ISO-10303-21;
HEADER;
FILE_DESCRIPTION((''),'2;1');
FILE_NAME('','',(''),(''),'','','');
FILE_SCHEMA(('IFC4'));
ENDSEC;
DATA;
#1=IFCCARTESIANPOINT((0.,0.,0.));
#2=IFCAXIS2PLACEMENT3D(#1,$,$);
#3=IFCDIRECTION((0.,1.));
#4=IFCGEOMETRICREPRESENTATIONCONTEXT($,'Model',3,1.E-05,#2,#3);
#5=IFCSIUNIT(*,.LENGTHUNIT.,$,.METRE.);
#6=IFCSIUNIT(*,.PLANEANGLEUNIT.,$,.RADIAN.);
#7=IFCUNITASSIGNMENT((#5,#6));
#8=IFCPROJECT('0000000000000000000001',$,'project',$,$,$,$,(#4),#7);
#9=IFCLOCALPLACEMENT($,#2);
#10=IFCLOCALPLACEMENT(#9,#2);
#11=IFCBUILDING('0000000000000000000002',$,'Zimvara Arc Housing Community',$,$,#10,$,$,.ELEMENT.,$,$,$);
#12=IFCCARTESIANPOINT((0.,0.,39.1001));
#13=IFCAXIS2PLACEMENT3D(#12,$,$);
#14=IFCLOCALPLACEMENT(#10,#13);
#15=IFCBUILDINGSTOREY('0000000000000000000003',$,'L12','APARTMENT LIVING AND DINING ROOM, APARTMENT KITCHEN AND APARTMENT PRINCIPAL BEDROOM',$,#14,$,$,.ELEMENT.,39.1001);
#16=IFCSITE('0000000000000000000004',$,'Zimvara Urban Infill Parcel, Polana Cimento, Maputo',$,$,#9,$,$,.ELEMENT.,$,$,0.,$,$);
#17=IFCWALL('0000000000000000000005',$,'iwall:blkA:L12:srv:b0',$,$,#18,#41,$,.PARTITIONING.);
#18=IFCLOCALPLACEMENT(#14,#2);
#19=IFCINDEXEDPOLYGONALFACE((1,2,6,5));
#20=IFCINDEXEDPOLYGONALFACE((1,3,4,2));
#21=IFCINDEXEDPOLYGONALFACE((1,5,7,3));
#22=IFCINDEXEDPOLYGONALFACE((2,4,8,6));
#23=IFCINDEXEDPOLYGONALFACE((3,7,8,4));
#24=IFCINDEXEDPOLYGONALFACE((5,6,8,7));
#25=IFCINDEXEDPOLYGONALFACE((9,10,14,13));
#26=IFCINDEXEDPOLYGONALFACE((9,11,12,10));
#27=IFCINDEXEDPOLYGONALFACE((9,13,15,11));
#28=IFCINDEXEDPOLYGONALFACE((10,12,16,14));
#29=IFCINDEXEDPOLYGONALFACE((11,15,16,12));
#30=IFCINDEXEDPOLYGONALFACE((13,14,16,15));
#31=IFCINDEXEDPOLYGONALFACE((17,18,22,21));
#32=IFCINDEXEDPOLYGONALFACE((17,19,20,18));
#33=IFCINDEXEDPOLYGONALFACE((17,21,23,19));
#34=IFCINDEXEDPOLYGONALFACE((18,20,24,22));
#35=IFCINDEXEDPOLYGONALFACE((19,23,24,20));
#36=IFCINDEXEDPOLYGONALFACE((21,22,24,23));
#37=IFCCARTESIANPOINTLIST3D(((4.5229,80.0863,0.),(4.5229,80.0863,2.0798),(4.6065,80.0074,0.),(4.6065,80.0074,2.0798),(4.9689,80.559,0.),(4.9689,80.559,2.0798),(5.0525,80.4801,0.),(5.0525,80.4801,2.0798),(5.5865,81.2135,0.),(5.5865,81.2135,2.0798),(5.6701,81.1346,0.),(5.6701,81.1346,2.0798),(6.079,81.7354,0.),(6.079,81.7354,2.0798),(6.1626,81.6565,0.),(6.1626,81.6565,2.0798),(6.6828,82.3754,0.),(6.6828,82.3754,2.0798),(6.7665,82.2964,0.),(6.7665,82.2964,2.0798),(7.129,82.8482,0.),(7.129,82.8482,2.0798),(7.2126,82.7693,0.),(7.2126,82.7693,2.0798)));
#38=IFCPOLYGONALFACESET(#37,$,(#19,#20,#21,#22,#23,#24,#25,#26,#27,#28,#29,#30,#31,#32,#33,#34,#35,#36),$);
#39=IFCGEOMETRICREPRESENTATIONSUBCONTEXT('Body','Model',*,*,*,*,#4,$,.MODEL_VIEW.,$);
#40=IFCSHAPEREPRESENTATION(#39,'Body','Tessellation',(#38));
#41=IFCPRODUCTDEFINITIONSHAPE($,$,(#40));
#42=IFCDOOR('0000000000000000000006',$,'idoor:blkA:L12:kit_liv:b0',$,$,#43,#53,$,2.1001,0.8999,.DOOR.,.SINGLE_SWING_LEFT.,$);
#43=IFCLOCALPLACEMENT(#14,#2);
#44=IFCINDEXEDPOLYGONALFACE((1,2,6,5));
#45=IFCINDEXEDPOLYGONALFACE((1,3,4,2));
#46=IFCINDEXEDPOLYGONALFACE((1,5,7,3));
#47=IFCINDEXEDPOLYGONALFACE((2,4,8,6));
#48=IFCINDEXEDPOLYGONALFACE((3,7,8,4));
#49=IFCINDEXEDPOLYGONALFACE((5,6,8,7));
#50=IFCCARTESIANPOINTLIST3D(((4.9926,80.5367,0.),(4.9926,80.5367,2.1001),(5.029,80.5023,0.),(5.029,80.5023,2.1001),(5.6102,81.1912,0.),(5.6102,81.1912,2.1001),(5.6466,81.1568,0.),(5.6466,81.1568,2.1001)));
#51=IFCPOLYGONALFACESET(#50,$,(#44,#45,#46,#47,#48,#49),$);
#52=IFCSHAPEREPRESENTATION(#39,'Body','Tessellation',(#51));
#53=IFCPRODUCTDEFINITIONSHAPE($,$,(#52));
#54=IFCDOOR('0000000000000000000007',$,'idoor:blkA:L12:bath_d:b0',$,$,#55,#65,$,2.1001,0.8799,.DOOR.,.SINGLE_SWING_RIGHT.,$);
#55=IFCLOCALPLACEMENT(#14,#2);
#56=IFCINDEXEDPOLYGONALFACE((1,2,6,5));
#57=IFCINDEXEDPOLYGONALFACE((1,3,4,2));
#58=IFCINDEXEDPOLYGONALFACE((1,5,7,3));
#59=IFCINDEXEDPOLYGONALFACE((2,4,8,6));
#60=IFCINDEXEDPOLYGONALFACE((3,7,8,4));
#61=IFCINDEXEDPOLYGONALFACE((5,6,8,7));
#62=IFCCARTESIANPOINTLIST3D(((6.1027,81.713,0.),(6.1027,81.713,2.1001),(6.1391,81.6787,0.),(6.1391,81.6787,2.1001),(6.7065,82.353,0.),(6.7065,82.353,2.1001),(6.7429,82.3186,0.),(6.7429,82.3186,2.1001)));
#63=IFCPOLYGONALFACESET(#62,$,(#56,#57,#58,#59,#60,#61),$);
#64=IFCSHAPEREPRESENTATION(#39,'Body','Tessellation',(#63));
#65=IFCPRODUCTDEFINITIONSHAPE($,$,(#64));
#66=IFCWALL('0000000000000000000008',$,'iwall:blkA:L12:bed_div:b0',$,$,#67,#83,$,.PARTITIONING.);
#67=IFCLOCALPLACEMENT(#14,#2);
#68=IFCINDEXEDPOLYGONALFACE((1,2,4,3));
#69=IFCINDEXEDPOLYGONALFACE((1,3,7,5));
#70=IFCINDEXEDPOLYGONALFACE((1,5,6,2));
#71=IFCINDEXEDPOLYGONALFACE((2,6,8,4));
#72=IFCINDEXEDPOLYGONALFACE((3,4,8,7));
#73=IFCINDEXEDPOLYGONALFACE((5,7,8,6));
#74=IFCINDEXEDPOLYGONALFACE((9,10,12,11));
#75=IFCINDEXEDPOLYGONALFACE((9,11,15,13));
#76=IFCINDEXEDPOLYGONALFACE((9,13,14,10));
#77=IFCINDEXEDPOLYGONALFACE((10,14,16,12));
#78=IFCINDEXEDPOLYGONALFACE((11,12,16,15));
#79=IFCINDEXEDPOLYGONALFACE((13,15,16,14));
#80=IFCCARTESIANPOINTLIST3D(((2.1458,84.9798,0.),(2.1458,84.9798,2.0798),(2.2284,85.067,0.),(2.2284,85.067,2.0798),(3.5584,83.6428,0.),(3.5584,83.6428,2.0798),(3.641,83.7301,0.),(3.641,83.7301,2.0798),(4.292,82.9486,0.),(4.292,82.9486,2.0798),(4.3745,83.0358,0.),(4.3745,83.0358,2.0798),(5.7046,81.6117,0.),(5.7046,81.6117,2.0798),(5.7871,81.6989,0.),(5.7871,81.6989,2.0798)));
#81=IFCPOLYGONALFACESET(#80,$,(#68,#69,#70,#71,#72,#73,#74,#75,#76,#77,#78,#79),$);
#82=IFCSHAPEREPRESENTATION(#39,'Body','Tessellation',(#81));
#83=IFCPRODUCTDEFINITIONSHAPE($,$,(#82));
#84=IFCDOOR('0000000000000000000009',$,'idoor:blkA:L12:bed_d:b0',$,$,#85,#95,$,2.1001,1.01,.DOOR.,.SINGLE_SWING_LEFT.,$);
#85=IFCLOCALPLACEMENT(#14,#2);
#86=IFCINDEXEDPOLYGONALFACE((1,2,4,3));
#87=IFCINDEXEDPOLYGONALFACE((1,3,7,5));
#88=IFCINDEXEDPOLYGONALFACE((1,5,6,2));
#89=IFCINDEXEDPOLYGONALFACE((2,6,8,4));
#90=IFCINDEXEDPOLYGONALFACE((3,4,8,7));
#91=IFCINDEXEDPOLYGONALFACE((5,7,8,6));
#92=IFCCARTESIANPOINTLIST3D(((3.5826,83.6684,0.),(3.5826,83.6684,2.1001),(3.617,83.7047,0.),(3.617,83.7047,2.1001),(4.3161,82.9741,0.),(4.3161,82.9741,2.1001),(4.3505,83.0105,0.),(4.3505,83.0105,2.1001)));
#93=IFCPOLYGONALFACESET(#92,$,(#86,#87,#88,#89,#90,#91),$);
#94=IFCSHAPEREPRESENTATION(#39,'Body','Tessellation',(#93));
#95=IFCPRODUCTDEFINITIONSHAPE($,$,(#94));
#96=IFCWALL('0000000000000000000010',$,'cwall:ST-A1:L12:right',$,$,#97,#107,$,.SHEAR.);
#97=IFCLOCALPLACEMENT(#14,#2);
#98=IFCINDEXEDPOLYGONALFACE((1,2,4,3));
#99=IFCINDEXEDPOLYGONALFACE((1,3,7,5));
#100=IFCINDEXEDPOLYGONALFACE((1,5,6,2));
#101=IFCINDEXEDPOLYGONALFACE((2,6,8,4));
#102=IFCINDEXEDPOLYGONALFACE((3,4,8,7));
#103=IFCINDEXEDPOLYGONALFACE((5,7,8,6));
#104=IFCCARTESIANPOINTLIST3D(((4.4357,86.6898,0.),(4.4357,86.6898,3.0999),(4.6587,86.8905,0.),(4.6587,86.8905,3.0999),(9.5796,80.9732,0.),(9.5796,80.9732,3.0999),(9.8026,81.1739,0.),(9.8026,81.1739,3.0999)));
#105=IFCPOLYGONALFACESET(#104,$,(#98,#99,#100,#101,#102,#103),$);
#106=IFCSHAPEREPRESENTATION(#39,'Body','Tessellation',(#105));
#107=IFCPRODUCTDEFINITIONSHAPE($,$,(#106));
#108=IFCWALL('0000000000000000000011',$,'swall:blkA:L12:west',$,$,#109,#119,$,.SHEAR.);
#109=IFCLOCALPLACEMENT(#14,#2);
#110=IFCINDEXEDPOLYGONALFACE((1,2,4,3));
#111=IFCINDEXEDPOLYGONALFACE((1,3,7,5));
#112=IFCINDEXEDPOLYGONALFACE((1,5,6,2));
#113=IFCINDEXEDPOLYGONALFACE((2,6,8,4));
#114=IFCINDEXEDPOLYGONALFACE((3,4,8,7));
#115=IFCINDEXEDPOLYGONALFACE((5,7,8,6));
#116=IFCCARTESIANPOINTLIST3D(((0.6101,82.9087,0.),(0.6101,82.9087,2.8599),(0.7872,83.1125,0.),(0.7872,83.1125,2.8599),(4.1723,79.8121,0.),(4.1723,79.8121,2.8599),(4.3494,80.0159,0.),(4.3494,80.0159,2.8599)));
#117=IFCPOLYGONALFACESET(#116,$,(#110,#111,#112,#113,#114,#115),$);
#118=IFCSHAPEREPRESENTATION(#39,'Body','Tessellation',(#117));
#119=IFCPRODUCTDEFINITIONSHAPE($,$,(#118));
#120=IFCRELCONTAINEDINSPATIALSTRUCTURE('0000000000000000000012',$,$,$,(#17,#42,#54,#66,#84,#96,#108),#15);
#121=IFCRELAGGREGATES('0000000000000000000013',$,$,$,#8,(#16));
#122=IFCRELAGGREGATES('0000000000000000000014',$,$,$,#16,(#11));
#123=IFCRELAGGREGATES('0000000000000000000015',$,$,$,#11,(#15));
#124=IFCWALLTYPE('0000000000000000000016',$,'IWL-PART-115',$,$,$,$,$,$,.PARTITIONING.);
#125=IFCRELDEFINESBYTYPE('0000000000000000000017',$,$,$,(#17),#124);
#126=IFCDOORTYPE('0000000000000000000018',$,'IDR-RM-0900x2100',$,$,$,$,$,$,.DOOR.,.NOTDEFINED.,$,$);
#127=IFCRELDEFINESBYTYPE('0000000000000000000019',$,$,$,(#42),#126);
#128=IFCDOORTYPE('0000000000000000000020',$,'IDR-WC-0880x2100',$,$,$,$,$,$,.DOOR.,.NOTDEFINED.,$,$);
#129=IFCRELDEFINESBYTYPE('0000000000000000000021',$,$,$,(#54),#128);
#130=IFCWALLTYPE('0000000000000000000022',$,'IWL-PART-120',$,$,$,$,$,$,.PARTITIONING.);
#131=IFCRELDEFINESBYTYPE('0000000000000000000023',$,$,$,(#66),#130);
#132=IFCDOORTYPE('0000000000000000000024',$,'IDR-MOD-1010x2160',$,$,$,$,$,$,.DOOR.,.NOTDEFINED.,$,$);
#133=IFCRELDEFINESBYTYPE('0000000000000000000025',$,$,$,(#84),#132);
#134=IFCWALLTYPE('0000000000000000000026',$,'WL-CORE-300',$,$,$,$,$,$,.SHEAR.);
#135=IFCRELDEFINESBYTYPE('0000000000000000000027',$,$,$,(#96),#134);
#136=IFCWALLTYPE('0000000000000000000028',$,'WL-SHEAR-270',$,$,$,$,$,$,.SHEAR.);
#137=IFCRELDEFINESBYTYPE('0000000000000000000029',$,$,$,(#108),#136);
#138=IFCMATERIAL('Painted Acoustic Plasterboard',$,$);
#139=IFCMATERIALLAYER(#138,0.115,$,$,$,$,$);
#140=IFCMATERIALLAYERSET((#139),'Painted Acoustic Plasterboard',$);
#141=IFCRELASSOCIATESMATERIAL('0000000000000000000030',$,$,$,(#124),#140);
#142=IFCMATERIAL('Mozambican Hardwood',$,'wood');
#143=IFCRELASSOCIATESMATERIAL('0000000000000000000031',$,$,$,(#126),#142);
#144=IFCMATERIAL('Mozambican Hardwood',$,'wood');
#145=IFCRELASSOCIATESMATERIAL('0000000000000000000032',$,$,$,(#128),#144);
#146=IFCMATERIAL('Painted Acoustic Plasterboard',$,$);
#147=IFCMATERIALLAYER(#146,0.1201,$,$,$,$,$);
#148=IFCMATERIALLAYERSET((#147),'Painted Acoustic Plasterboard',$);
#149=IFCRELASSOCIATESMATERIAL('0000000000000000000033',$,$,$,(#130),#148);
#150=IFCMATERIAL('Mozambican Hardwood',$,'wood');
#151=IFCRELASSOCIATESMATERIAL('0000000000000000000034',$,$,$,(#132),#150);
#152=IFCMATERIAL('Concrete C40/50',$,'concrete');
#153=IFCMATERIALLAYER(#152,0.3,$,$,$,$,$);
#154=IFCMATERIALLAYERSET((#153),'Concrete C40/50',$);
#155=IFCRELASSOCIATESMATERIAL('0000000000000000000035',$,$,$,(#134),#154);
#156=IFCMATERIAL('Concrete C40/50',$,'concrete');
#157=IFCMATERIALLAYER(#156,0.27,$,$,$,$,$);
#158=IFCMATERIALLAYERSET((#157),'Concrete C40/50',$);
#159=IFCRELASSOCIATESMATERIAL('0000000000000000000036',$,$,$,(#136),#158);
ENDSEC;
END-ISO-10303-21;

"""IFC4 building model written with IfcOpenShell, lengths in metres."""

from ifc_helpers import new_model, si_unit, direction, frame, frame_2d, origin, place, context, subcontext, project, spatial, rectangle, extrude, material, layer, layer_set, type_object, element, fill, save


model = new_model("IFC4")

# Units and contexts
model_context = context("Model", 3, precision=1e-05, world=origin(), true_north=direction((0.0, 1.0)))
body_context = subcontext(model_context, "Body", "Model", "MODEL_VIEW")
ifc_project = project(units=[si_unit("LENGTHUNIT", "METRE"), si_unit("PLANEANGLEUNIT", "RADIAN")], contexts=[model_context])

# Site, building, storey
site_placement = place(None, origin())
site = spatial("IfcSite", under=ifc_project, at=site_placement, Name="Zimvara Urban Infill Parcel, Polana Cimento, Maputo", CompositionType="ELEMENT", RefElevation=0.0)
building_placement = place(site_placement, origin())
building = spatial("IfcBuilding", under=site, at=building_placement, Name="Zimvara Arc Housing Community", CompositionType="ELEMENT")
storey_placement = place(building_placement, frame((0.0, 0.0, 39.1001)))
storey = spatial("IfcBuildingStorey", under=building, at=storey_placement, Name="L12", Description="APARTMENT LIVING AND DINING ROOM, APARTMENT KITCHEN AND APARTMENT PRINCIPAL BEDROOM", CompositionType="ELEMENT", Elevation=39.1001)

# Wall, openings, doors
ifc_material_1 = material(Name="Painted Acoustic Plasterboard")
ifc_layer_1 = layer(ifc_material_1, 0.115)
ifc_layer_set_1 = layer_set([ifc_layer_1], Name="Painted Acoustic Plasterboard")
wall_type_1 = type_object("IfcWallType", Name="IWL-PART-115", PredefinedType="PARTITIONING", material=ifc_layer_set_1)
wall_1_placement = place(storey_placement, frame((4.5647, 80.0469, 0.0), z_axis=(0.0, 0.0, 1.0), x_axis=(0.686301, 0.727318, 0.0)))
wall_1 = element("IfcWall", 1, at=wall_1_placement, inside=storey, type_object=wall_type_1, Name="iwall:blkA:L12:srv:b0", PredefinedType="PARTITIONING", context=body_context, shape_type="SweptSolid", body=[
    extrude(rectangle(XDim=3.7974, YDim=0.115, at=frame_2d((1.8987, 0.0))), origin(), (0.0, 0.0, 1.0), 2.0798),
])
opening_1_placement = place(wall_1_placement, frame((0.6499, 0.0, 0.0)))
opening_1 = element("IfcOpeningElement", 2, at=opening_1_placement, cuts=wall_1, PredefinedType="OPENING", context=body_context, shape_type="SweptSolid", body=[
    extrude(rectangle(XDim=0.8999, YDim=2.1001, at=frame_2d((0.45, 1.05))), frame((0.0, 0.0674, 0.0), z_axis=(0.0, -1.0, 0.0), x_axis=(1.0, 0.0, 0.0)), (0.0, 0.0, 1.0), 0.135),
])
opening_2_placement = place(wall_1_placement, frame((2.2673, 0.0, 0.0)))
opening_2 = element("IfcOpeningElement", 3, at=opening_2_placement, cuts=wall_1, PredefinedType="OPENING", context=body_context, shape_type="SweptSolid", body=[
    extrude(rectangle(XDim=0.8799, YDim=2.1001, at=frame_2d((0.4399, 1.05))), frame((0.0, 0.0674, 0.0), z_axis=(0.0, -1.0, 0.0), x_axis=(1.0, 0.0, 0.0)), (0.0, 0.0, 1.0), 0.135),
])
ifc_material_2 = material(Name="Mozambican Hardwood", Category="wood")
door_type_1 = type_object("IfcDoorType", Name="IDR-RM-0900x2100", OperationType="NOTDEFINED", PredefinedType="DOOR", material=ifc_material_2)
door_1_placement = place(opening_1_placement, origin())
door_1 = element("IfcDoor", 4, at=door_1_placement, inside=storey, type_object=door_type_1, Name="idoor:blkA:L12:kit_liv:b0", OperationType="SINGLE_SWING_LEFT", OverallHeight=2.1001, OverallWidth=0.8999, PredefinedType="DOOR", context=body_context, shape_type="SweptSolid", body=[
    extrude(rectangle(XDim=0.8999, YDim=2.1001, at=frame_2d((0.45, 1.05))), frame((0.0, 0.0249, 0.0), z_axis=(0.0, -1.0, 0.0), x_axis=(1.0, 0.0, 0.0)), (0.0, 0.0, 1.0), 0.05),
])
fill(opening_1, door_1)
ifc_material_3 = material(Name="Mozambican Hardwood", Category="wood")
door_type_2 = type_object("IfcDoorType", Name="IDR-WC-0880x2100", OperationType="NOTDEFINED", PredefinedType="DOOR", material=ifc_material_3)
door_2_placement = place(opening_2_placement, origin())
door_2 = element("IfcDoor", 5, at=door_2_placement, inside=storey, type_object=door_type_2, Name="idoor:blkA:L12:bath_d:b0", OperationType="SINGLE_SWING_RIGHT", OverallHeight=2.1001, OverallWidth=0.8799, PredefinedType="DOOR", context=body_context, shape_type="SweptSolid", body=[
    extrude(rectangle(XDim=0.8799, YDim=2.1001, at=frame_2d((0.4399, 1.05))), frame((0.0, 0.0249, 0.0), z_axis=(0.0, -1.0, 0.0), x_axis=(1.0, 0.0, 0.0)), (0.0, 0.0, 1.0), 0.05),
])
fill(opening_2, door_2)

# Wall, opening, door
ifc_material_4 = material(Name="Painted Acoustic Plasterboard")
ifc_layer_2 = layer(ifc_material_4, 0.1201)
ifc_layer_set_2 = layer_set([ifc_layer_2], Name="Painted Acoustic Plasterboard")
wall_type_2 = type_object("IfcWallType", Name="IWL-PART-120", PredefinedType="PARTITIONING", material=ifc_layer_set_2)
wall_2_placement = place(storey_placement, frame((5.7458, 81.6553, 0.0), z_axis=(0.0, 0.0, 1.0), x_axis=(-0.726296, 0.687382, 0.0)))
wall_2 = element("IfcWall", 6, at=wall_2_placement, inside=storey, type_object=wall_type_2, Name="iwall:blkA:L12:bed_div:b0", PredefinedType="PARTITIONING", context=body_context, shape_type="SweptSolid", body=[
    extrude(rectangle(XDim=4.8999, YDim=0.1201, at=frame_2d((2.45, 0.0))), origin(), (0.0, 0.0, 1.0), 2.0798),
])
opening_3_placement = place(wall_2_placement, frame((1.9451, 0.0, 0.0)))
opening_3 = element("IfcOpeningElement", 7, at=opening_3_placement, cuts=wall_2, PredefinedType="OPENING", context=body_context, shape_type="SweptSolid", body=[
    extrude(rectangle(XDim=1.01, YDim=2.1001, at=frame_2d((0.5049, 1.05))), frame((0.0, 0.0701, 0.0), z_axis=(0.0, -1.0, 0.0), x_axis=(1.0, 0.0, 0.0)), (0.0, 0.0, 1.0), 0.1401),
])
ifc_material_5 = material(Name="Mozambican Hardwood", Category="wood")
door_type_3 = type_object("IfcDoorType", Name="IDR-MOD-1010x2160", OperationType="NOTDEFINED", PredefinedType="DOOR", material=ifc_material_5)
door_3_placement = place(opening_3_placement, origin())
door_3 = element("IfcDoor", 8, at=door_3_placement, inside=storey, type_object=door_type_3, Name="idoor:blkA:L12:bed_d:b0", OperationType="SINGLE_SWING_LEFT", OverallHeight=2.1001, OverallWidth=1.01, PredefinedType="DOOR", context=body_context, shape_type="SweptSolid", body=[
    extrude(rectangle(XDim=1.01, YDim=2.1001, at=frame_2d((0.5049, 1.05))), frame((0.0, 0.0249, 0.0), z_axis=(0.0, -1.0, 0.0), x_axis=(1.0, 0.0, 0.0)), (0.0, 0.0, 1.0), 0.05),
])
fill(opening_3, door_3)

# Walls
ifc_material_6 = material(Name="Concrete C40/50", Category="concrete")
ifc_layer_3 = layer(ifc_material_6, 0.3)
ifc_layer_set_3 = layer_set([ifc_layer_3], Name="Concrete C40/50")
wall_type_3 = type_object("IfcWallType", Name="WL-CORE-300", PredefinedType="SHEAR", material=ifc_layer_set_3)
wall_3_placement = place(storey_placement, frame((9.6912, 81.0735, 0.0), z_axis=(0.0, 0.0, 1.0), x_axis=(-0.668886, 0.743365, 0.0)))
element("IfcWall", 9, at=wall_3_placement, inside=storey, type_object=wall_type_3, Name="cwall:ST-A1:L12:right", PredefinedType="SHEAR", context=body_context, shape_type="SweptSolid", body=[
    extrude(rectangle(XDim=7.6902, YDim=0.3, at=frame_2d((3.8452, 0.0))), origin(), (0.0, 0.0, 1.0), 3.0999),
])
ifc_material_7 = material(Name="Concrete C40/50", Category="concrete")
ifc_layer_4 = layer(ifc_material_7, 0.27)
ifc_layer_set_4 = layer_set([ifc_layer_4], Name="Concrete C40/50")
wall_type_4 = type_object("IfcWallType", Name="WL-SHEAR-270", PredefinedType="SHEAR", material=ifc_layer_set_4)
wall_4_placement = place(storey_placement, frame((4.2607, 79.9141, 0.0), z_axis=(0.0, 0.0, 1.0), x_axis=(-0.754704, 0.656066, 0.0)))
element("IfcWall", 10, at=wall_4_placement, inside=storey, type_object=wall_type_4, Name="swall:blkA:L12:west", PredefinedType="SHEAR", context=body_context, shape_type="SweptSolid", body=[
    extrude(rectangle(XDim=4.72, YDim=0.27, at=frame_2d((2.3599, 0.0))), origin(), (0.0, 0.0, 1.0), 2.8599),
])

save(model, "model.ifc")
